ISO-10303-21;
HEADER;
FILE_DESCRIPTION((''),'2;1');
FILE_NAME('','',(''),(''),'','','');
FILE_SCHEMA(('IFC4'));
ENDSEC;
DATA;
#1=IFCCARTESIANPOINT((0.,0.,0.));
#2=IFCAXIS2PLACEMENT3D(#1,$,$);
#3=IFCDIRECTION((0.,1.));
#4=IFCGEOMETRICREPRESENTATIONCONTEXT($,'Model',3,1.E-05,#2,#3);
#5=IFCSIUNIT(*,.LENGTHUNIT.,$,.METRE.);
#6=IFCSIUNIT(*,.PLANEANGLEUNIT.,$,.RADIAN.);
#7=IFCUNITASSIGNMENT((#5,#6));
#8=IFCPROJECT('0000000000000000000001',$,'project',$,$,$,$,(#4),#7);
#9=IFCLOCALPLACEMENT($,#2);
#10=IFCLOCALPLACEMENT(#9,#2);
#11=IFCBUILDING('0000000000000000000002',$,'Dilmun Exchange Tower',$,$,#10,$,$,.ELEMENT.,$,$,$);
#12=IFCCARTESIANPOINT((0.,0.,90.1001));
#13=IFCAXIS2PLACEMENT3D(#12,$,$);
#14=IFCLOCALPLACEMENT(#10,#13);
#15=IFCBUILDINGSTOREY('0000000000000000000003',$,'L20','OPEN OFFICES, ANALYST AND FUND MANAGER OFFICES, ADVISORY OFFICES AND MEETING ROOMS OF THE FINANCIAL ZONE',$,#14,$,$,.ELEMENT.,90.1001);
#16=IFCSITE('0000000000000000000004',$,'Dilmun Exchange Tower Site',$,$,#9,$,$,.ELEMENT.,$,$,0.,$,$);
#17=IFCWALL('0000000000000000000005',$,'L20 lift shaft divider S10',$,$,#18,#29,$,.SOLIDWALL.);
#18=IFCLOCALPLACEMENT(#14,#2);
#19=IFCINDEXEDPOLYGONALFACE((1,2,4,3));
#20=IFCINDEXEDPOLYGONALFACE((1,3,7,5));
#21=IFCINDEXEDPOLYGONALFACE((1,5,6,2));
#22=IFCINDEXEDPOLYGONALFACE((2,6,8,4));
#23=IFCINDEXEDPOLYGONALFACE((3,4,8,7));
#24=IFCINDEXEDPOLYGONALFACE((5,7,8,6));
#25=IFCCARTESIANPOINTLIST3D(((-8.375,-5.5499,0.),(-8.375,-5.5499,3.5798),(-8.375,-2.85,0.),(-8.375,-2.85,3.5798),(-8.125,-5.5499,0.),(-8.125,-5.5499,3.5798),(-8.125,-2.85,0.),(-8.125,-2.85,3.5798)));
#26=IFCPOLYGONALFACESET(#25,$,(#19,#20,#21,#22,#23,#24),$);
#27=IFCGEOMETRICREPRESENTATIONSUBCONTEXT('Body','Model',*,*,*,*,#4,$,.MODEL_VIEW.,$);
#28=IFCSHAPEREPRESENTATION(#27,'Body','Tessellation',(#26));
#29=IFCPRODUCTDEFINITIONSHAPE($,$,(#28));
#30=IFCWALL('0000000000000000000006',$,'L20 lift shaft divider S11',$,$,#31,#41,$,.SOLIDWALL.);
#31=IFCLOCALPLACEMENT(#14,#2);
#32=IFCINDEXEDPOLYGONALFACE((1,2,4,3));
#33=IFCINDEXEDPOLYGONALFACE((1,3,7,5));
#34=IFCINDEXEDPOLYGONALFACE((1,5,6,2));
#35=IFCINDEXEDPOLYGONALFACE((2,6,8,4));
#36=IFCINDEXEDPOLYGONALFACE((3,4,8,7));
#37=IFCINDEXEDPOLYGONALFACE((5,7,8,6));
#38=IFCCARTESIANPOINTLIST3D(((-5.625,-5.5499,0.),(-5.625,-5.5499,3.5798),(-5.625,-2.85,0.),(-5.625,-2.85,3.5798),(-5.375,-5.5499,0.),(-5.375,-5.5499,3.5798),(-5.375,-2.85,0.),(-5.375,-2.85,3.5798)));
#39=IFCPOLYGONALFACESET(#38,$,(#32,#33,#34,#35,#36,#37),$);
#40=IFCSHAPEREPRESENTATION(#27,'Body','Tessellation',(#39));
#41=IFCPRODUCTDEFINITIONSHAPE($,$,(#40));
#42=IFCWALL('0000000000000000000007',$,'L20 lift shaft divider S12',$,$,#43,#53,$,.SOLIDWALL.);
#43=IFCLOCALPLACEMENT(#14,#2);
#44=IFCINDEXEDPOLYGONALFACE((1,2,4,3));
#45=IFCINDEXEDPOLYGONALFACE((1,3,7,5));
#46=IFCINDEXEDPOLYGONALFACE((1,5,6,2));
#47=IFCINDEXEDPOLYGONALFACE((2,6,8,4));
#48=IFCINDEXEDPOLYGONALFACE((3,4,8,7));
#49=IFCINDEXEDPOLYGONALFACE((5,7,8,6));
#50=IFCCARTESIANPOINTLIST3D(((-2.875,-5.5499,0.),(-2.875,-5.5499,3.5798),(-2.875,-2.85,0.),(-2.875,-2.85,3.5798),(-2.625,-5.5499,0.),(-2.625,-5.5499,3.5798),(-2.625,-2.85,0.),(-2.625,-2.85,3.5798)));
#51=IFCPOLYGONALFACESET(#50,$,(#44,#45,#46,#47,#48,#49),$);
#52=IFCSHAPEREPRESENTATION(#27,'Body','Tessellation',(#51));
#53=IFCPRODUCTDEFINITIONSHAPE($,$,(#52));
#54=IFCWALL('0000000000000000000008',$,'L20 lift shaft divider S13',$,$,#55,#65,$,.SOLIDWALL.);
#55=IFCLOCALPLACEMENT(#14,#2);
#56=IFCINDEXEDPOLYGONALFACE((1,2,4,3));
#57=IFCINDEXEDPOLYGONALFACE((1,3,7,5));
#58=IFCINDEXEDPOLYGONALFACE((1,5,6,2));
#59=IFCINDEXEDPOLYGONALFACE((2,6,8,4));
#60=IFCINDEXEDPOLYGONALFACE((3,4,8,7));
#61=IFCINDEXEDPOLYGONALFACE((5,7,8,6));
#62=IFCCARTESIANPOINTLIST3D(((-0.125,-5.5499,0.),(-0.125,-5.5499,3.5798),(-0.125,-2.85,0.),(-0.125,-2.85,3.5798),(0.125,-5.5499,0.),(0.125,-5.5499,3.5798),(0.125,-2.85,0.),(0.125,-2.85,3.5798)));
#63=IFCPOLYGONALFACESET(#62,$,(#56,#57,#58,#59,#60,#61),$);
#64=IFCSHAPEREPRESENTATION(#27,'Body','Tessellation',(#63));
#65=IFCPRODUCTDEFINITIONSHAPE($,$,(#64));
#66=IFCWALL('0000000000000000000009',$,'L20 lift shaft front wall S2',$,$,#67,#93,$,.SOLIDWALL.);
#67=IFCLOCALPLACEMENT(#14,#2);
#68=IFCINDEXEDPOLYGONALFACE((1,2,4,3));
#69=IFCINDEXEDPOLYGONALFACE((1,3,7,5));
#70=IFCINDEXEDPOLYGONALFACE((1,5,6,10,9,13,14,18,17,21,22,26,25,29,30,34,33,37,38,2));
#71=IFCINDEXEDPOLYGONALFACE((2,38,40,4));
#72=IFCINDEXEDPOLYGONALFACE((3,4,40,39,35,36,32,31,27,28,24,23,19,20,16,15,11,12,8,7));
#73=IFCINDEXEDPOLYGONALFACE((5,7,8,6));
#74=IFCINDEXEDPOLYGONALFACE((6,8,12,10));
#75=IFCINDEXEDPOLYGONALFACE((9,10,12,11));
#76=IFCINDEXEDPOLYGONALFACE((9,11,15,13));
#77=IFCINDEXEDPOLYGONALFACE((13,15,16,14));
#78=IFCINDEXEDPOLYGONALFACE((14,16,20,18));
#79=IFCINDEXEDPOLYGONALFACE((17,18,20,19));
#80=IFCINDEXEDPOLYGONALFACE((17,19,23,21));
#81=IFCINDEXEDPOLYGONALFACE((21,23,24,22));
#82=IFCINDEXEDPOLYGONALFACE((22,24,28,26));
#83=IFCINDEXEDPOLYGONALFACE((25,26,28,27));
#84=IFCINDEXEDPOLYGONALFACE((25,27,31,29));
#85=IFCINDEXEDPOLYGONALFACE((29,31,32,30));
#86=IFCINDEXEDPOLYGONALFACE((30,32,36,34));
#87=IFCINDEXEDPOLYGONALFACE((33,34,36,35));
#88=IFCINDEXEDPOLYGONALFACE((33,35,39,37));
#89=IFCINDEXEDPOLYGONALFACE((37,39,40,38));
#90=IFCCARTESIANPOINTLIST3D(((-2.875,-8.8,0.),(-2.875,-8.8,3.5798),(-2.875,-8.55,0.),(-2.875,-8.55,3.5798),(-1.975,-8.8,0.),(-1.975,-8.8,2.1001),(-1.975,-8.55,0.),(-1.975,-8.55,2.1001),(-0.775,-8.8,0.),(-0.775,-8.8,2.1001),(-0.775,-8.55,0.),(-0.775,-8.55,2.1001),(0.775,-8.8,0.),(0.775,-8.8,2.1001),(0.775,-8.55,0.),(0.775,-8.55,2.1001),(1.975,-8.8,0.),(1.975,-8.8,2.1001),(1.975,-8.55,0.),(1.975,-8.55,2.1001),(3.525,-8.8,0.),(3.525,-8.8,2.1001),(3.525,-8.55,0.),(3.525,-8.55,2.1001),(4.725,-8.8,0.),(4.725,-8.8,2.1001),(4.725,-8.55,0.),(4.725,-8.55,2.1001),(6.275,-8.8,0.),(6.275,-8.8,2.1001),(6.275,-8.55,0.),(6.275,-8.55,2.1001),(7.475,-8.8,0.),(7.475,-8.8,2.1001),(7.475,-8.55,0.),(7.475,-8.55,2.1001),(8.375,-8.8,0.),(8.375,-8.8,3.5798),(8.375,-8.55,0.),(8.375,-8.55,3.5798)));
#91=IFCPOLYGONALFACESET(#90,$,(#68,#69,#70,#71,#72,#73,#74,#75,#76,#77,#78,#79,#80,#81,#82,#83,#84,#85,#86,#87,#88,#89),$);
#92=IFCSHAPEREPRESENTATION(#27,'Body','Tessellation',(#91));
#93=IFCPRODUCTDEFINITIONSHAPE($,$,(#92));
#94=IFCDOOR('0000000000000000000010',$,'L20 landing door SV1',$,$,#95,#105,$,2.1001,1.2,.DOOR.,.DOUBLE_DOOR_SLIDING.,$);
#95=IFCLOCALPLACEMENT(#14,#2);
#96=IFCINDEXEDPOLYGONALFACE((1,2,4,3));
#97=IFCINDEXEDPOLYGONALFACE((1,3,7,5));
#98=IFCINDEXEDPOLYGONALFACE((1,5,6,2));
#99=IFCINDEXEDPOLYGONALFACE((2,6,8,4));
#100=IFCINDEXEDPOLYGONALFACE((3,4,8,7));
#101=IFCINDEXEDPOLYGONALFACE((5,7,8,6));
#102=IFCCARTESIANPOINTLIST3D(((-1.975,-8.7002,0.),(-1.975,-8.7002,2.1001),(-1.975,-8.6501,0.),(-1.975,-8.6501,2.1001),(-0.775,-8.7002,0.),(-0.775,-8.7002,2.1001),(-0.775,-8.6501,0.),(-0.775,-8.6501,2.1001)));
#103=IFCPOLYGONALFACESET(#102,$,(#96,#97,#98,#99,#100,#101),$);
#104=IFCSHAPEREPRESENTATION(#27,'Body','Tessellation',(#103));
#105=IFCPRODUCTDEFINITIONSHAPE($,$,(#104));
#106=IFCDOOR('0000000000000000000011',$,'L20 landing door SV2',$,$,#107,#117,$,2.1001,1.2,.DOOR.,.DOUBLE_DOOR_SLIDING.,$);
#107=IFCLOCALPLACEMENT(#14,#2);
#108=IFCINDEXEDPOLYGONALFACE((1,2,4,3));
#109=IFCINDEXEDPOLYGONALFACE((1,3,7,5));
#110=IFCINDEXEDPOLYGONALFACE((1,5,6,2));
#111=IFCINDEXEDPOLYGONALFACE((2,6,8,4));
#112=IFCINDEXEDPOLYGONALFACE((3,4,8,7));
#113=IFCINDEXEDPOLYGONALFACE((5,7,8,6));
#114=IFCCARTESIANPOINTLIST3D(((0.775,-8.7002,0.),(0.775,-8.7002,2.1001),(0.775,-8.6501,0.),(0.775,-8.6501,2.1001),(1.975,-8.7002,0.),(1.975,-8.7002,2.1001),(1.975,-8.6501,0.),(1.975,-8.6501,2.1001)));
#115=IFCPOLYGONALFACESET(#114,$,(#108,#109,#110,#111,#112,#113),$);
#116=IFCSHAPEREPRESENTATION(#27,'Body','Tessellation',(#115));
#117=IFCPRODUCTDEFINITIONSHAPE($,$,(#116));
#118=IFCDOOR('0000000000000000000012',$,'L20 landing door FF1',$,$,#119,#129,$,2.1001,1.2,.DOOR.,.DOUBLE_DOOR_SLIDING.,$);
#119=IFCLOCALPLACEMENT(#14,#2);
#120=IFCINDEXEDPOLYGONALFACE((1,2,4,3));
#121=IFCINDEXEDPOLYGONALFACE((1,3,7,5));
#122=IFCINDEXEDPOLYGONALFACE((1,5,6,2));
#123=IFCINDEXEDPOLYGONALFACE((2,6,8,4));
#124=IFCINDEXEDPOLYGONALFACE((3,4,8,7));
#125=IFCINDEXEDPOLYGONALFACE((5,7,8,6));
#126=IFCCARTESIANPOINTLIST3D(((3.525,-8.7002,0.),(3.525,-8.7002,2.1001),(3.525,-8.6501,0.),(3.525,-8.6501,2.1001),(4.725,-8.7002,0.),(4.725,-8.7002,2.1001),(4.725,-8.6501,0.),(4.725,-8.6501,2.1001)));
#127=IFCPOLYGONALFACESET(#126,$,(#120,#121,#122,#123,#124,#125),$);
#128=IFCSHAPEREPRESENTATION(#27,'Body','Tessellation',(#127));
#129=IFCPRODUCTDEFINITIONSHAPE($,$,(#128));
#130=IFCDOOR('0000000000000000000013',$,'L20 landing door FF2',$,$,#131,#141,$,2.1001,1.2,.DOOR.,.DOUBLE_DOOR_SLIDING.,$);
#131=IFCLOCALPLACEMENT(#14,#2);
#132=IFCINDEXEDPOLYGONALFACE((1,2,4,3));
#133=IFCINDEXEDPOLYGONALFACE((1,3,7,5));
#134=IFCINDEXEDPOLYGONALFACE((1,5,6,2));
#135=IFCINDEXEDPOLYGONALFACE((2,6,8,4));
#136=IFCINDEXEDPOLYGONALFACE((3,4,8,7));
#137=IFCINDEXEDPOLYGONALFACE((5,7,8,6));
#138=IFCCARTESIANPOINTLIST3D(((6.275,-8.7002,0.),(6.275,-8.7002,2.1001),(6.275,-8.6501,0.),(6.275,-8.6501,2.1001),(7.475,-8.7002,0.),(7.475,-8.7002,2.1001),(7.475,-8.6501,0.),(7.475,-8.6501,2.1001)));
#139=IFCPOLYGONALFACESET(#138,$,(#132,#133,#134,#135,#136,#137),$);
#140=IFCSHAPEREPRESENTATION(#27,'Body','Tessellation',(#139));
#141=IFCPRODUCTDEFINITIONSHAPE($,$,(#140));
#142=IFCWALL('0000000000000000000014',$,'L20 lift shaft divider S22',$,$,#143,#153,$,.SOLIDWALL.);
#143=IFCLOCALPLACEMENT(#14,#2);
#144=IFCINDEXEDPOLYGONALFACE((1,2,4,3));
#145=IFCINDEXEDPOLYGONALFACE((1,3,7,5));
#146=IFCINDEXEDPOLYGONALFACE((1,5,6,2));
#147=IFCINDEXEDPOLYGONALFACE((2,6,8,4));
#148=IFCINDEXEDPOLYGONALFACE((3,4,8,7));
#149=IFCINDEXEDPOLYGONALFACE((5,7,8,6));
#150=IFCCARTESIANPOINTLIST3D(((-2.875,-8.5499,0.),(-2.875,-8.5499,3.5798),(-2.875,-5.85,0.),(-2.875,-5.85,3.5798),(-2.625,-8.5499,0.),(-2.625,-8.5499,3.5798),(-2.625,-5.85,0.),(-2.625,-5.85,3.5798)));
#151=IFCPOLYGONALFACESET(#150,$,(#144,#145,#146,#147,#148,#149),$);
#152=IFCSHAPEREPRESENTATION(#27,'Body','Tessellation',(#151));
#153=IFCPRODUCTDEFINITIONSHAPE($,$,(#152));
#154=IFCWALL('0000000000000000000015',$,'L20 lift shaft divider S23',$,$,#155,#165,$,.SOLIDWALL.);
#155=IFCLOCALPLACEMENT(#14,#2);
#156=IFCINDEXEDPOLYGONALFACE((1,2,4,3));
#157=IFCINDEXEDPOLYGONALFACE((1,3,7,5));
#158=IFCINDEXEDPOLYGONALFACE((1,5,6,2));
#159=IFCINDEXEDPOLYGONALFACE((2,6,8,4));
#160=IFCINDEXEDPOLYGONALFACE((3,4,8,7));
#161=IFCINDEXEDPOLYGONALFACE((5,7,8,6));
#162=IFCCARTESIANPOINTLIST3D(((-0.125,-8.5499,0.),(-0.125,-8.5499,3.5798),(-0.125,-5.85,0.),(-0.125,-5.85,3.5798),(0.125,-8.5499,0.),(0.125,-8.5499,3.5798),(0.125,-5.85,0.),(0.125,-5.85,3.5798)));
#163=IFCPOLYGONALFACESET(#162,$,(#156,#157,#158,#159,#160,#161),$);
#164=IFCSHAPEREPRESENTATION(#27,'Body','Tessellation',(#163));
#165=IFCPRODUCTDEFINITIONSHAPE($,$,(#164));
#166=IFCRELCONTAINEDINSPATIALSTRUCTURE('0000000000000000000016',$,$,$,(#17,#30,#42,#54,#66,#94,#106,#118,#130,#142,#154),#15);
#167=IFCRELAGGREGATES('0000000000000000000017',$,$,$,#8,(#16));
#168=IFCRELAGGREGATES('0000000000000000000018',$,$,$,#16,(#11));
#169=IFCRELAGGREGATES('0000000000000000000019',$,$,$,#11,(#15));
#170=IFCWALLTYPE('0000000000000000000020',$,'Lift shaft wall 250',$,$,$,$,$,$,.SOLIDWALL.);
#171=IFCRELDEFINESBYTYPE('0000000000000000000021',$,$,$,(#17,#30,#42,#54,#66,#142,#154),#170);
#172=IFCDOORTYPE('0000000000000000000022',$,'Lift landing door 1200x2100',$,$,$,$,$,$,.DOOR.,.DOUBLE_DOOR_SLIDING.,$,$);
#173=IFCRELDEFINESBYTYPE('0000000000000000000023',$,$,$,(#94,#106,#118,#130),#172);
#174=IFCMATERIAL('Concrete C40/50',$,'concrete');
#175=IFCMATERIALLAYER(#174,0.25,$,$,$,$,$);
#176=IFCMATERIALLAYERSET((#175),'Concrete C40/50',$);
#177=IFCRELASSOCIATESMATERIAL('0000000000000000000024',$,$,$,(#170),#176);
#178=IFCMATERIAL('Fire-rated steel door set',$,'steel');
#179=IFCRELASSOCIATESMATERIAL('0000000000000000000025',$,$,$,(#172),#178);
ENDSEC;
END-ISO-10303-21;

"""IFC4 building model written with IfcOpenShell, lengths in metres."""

from ifc_helpers import new_model, si_unit, direction, frame, frame_2d, origin, place, context, subcontext, project, spatial, rectangle, extrude, material, layer, layer_set, type_object, element, fill, save


model = new_model("IFC4")

# Units and contexts
model_context = context("Model", 3, precision=1e-05, world=origin(), true_north=direction((0.0, 1.0)))
body_context = subcontext(model_context, "Body", "Model", "MODEL_VIEW")
ifc_project = project(units=[si_unit("LENGTHUNIT", "METRE"), si_unit("PLANEANGLEUNIT", "RADIAN")], contexts=[model_context])

# Site, building, storey
site_placement = place(None, origin())
site = spatial("IfcSite", under=ifc_project, at=site_placement, Name="Dilmun Exchange Tower Site", CompositionType="ELEMENT", RefElevation=0.0)
building_placement = place(site_placement, origin())
building = spatial("IfcBuilding", under=site, at=building_placement, Name="Dilmun Exchange Tower", CompositionType="ELEMENT")
storey_placement = place(building_placement, frame((0.0, 0.0, 90.1001)))
storey = spatial("IfcBuildingStorey", under=building, at=storey_placement, Name="L20", Description="OPEN OFFICES, ANALYST AND FUND MANAGER OFFICES, ADVISORY OFFICES AND MEETING ROOMS OF THE FINANCIAL ZONE", CompositionType="ELEMENT", Elevation=90.1001)

# Shared definitions
ifc_material_1 = material(Name="Concrete C40/50", Category="concrete")

# Shared definitions
ifc_material_2 = material(Name="Fire-rated steel door set", Category="steel")

# Walls
ifc_layer_1 = layer(ifc_material_1, 0.25)
ifc_layer_set_1 = layer_set([ifc_layer_1], Name="Concrete C40/50")
wall_type_1 = type_object("IfcWallType", Name="Lift shaft wall 250", PredefinedType="SOLIDWALL", material=ifc_layer_set_1)
for number, where, z_axis, x_axis, name in (
    (1, (-8.25, -5.55, 0.0), (0.0, 0.0, 1.0), (0.0, 1.0, 0.0), "L20 lift shaft divider S10"),
    (2, (-5.5, -5.55, 0.0), (0.0, 0.0, 1.0), (0.0, 1.0, 0.0), "L20 lift shaft divider S11"),
    (3, (-2.75, -5.55, 0.0), (0.0, 0.0, 1.0), (0.0, 1.0, 0.0), "L20 lift shaft divider S12"),
    (4, (0.0, -5.55, 0.0), (0.0, 0.0, 1.0), (0.0, 1.0, 0.0), "L20 lift shaft divider S13"),
):
    element("IfcWall", number, at=place(storey_placement, frame(where, z_axis=z_axis, x_axis=x_axis)), inside=storey, type_object=wall_type_1, Name=name, PredefinedType="SOLIDWALL", context=body_context, shape_type="SweptSolid", body=[
        extrude(rectangle(XDim=2.7, YDim=0.25, at=frame_2d((1.3501, 0.0))), origin(), (0.0, 0.0, 1.0), 3.5798),
    ])

# Wall, openings, doors
wall_1_placement = place(storey_placement, frame((-2.875, -8.675, 0.0), z_axis=(0.0, 0.0, 1.0), x_axis=(1.0, 0.0, 0.0)))
wall_1 = element("IfcWall", 5, at=wall_1_placement, inside=storey, type_object=wall_type_1, Name="L20 lift shaft front wall S2", PredefinedType="SOLIDWALL", context=body_context, shape_type="SweptSolid", body=[
    extrude(rectangle(XDim=11.25, YDim=0.25, at=frame_2d((5.625, 0.0))), origin(), (0.0, 0.0, 1.0), 3.5798),
])
opening_1_placement = place(wall_1_placement, frame((0.8999, 0.0, 0.0)))
opening_1 = element("IfcOpeningElement", 6, at=opening_1_placement, cuts=wall_1, PredefinedType="OPENING", context=body_context, shape_type="SweptSolid", body=[
    extrude(rectangle(XDim=1.2, YDim=2.1001, at=frame_2d((0.6001, 1.05))), frame((0.0, 0.135, 0.0), z_axis=(0.0, -1.0, 0.0), x_axis=(1.0, 0.0, 0.0)), (0.0, 0.0, 1.0), 0.27),
])
opening_2_placement = place(wall_1_placement, frame((3.6499, 0.0, 0.0)))
opening_2 = element("IfcOpeningElement", 7, at=opening_2_placement, cuts=wall_1, PredefinedType="OPENING", context=body_context, shape_type="SweptSolid", body=[
    extrude(rectangle(XDim=1.2, YDim=2.1001, at=frame_2d((0.6001, 1.05))), frame((0.0, 0.135, 0.0), z_axis=(0.0, -1.0, 0.0), x_axis=(1.0, 0.0, 0.0)), (0.0, 0.0, 1.0), 0.27),
])
opening_3_placement = place(wall_1_placement, frame((6.3999, 0.0, 0.0)))
opening_3 = element("IfcOpeningElement", 8, at=opening_3_placement, cuts=wall_1, PredefinedType="OPENING", context=body_context, shape_type="SweptSolid", body=[
    extrude(rectangle(XDim=1.2, YDim=2.1001, at=frame_2d((0.6001, 1.05))), frame((0.0, 0.135, 0.0), z_axis=(0.0, -1.0, 0.0), x_axis=(1.0, 0.0, 0.0)), (0.0, 0.0, 1.0), 0.27),
])
opening_4_placement = place(wall_1_placement, frame((9.1499, 0.0, 0.0)))
opening_4 = element("IfcOpeningElement", 9, at=opening_4_placement, cuts=wall_1, PredefinedType="OPENING", context=body_context, shape_type="SweptSolid", body=[
    extrude(rectangle(XDim=1.2, YDim=2.1001, at=frame_2d((0.6001, 1.05))), frame((0.0, 0.135, 0.0), z_axis=(0.0, -1.0, 0.0), x_axis=(1.0, 0.0, 0.0)), (0.0, 0.0, 1.0), 0.27),
])
door_type_1 = type_object("IfcDoorType", Name="Lift landing door 1200x2100", OperationType="DOUBLE_DOOR_SLIDING", PredefinedType="DOOR", material=ifc_material_2)
door_1_placement = place(opening_1_placement, origin())
door_1 = element("IfcDoor", 10, at=door_1_placement, inside=storey, type_object=door_type_1, Name="L20 landing door SV1", OperationType="DOUBLE_DOOR_SLIDING", OverallHeight=2.1001, OverallWidth=1.2, PredefinedType="DOOR", context=body_context, shape_type="SweptSolid", body=[
    extrude(rectangle(XDim=1.2, YDim=2.1001, at=frame_2d((0.6001, 1.05))), frame((0.0, 0.0249, 0.0), z_axis=(0.0, -1.0, 0.0), x_axis=(1.0, 0.0, 0.0)), (0.0, 0.0, 1.0), 0.05),
])
fill(opening_1, door_1)
door_2_placement = place(opening_2_placement, origin())
door_2 = element("IfcDoor", 11, at=door_2_placement, inside=storey, type_object=door_type_1, Name="L20 landing door SV2", OperationType="DOUBLE_DOOR_SLIDING", OverallHeight=2.1001, OverallWidth=1.2, PredefinedType="DOOR", context=body_context, shape_type="SweptSolid", body=[
    extrude(rectangle(XDim=1.2, YDim=2.1001, at=frame_2d((0.6001, 1.05))), frame((0.0, 0.0249, 0.0), z_axis=(0.0, -1.0, 0.0), x_axis=(1.0, 0.0, 0.0)), (0.0, 0.0, 1.0), 0.05),
])
fill(opening_2, door_2)
door_3_placement = place(opening_3_placement, origin())
door_3 = element("IfcDoor", 12, at=door_3_placement, inside=storey, type_object=door_type_1, Name="L20 landing door FF1", OperationType="DOUBLE_DOOR_SLIDING", OverallHeight=2.1001, OverallWidth=1.2, PredefinedType="DOOR", context=body_context, shape_type="SweptSolid", body=[
    extrude(rectangle(XDim=1.2, YDim=2.1001, at=frame_2d((0.6001, 1.05))), frame((0.0, 0.0249, 0.0), z_axis=(0.0, -1.0, 0.0), x_axis=(1.0, 0.0, 0.0)), (0.0, 0.0, 1.0), 0.05),
])
fill(opening_3, door_3)
door_4_placement = place(opening_4_placement, origin())
door_4 = element("IfcDoor", 13, at=door_4_placement, inside=storey, type_object=door_type_1, Name="L20 landing door FF2", OperationType="DOUBLE_DOOR_SLIDING", OverallHeight=2.1001, OverallWidth=1.2, PredefinedType="DOOR", context=body_context, shape_type="SweptSolid", body=[
    extrude(rectangle(XDim=1.2, YDim=2.1001, at=frame_2d((0.6001, 1.05))), frame((0.0, 0.0249, 0.0), z_axis=(0.0, -1.0, 0.0), x_axis=(1.0, 0.0, 0.0)), (0.0, 0.0, 1.0), 0.05),
])
fill(opening_4, door_4)

# Walls
for number, where, z_axis, x_axis, name in (
    (14, (-2.75, -8.55, 0.0), (0.0, 0.0, 1.0), (0.0, 1.0, 0.0), "L20 lift shaft divider S22"),
    (15, (0.0, -8.55, 0.0), (0.0, 0.0, 1.0), (0.0, 1.0, 0.0), "L20 lift shaft divider S23"),
):
    element("IfcWall", number, at=place(storey_placement, frame(where, z_axis=z_axis, x_axis=x_axis)), inside=storey, type_object=wall_type_1, Name=name, PredefinedType="SOLIDWALL", context=body_context, shape_type="SweptSolid", body=[
        extrude(rectangle(XDim=2.7, YDim=0.25, at=frame_2d((1.3501, 0.0))), origin(), (0.0, 0.0, 1.0), 3.5798),
    ])

save(model, "model.ifc")
